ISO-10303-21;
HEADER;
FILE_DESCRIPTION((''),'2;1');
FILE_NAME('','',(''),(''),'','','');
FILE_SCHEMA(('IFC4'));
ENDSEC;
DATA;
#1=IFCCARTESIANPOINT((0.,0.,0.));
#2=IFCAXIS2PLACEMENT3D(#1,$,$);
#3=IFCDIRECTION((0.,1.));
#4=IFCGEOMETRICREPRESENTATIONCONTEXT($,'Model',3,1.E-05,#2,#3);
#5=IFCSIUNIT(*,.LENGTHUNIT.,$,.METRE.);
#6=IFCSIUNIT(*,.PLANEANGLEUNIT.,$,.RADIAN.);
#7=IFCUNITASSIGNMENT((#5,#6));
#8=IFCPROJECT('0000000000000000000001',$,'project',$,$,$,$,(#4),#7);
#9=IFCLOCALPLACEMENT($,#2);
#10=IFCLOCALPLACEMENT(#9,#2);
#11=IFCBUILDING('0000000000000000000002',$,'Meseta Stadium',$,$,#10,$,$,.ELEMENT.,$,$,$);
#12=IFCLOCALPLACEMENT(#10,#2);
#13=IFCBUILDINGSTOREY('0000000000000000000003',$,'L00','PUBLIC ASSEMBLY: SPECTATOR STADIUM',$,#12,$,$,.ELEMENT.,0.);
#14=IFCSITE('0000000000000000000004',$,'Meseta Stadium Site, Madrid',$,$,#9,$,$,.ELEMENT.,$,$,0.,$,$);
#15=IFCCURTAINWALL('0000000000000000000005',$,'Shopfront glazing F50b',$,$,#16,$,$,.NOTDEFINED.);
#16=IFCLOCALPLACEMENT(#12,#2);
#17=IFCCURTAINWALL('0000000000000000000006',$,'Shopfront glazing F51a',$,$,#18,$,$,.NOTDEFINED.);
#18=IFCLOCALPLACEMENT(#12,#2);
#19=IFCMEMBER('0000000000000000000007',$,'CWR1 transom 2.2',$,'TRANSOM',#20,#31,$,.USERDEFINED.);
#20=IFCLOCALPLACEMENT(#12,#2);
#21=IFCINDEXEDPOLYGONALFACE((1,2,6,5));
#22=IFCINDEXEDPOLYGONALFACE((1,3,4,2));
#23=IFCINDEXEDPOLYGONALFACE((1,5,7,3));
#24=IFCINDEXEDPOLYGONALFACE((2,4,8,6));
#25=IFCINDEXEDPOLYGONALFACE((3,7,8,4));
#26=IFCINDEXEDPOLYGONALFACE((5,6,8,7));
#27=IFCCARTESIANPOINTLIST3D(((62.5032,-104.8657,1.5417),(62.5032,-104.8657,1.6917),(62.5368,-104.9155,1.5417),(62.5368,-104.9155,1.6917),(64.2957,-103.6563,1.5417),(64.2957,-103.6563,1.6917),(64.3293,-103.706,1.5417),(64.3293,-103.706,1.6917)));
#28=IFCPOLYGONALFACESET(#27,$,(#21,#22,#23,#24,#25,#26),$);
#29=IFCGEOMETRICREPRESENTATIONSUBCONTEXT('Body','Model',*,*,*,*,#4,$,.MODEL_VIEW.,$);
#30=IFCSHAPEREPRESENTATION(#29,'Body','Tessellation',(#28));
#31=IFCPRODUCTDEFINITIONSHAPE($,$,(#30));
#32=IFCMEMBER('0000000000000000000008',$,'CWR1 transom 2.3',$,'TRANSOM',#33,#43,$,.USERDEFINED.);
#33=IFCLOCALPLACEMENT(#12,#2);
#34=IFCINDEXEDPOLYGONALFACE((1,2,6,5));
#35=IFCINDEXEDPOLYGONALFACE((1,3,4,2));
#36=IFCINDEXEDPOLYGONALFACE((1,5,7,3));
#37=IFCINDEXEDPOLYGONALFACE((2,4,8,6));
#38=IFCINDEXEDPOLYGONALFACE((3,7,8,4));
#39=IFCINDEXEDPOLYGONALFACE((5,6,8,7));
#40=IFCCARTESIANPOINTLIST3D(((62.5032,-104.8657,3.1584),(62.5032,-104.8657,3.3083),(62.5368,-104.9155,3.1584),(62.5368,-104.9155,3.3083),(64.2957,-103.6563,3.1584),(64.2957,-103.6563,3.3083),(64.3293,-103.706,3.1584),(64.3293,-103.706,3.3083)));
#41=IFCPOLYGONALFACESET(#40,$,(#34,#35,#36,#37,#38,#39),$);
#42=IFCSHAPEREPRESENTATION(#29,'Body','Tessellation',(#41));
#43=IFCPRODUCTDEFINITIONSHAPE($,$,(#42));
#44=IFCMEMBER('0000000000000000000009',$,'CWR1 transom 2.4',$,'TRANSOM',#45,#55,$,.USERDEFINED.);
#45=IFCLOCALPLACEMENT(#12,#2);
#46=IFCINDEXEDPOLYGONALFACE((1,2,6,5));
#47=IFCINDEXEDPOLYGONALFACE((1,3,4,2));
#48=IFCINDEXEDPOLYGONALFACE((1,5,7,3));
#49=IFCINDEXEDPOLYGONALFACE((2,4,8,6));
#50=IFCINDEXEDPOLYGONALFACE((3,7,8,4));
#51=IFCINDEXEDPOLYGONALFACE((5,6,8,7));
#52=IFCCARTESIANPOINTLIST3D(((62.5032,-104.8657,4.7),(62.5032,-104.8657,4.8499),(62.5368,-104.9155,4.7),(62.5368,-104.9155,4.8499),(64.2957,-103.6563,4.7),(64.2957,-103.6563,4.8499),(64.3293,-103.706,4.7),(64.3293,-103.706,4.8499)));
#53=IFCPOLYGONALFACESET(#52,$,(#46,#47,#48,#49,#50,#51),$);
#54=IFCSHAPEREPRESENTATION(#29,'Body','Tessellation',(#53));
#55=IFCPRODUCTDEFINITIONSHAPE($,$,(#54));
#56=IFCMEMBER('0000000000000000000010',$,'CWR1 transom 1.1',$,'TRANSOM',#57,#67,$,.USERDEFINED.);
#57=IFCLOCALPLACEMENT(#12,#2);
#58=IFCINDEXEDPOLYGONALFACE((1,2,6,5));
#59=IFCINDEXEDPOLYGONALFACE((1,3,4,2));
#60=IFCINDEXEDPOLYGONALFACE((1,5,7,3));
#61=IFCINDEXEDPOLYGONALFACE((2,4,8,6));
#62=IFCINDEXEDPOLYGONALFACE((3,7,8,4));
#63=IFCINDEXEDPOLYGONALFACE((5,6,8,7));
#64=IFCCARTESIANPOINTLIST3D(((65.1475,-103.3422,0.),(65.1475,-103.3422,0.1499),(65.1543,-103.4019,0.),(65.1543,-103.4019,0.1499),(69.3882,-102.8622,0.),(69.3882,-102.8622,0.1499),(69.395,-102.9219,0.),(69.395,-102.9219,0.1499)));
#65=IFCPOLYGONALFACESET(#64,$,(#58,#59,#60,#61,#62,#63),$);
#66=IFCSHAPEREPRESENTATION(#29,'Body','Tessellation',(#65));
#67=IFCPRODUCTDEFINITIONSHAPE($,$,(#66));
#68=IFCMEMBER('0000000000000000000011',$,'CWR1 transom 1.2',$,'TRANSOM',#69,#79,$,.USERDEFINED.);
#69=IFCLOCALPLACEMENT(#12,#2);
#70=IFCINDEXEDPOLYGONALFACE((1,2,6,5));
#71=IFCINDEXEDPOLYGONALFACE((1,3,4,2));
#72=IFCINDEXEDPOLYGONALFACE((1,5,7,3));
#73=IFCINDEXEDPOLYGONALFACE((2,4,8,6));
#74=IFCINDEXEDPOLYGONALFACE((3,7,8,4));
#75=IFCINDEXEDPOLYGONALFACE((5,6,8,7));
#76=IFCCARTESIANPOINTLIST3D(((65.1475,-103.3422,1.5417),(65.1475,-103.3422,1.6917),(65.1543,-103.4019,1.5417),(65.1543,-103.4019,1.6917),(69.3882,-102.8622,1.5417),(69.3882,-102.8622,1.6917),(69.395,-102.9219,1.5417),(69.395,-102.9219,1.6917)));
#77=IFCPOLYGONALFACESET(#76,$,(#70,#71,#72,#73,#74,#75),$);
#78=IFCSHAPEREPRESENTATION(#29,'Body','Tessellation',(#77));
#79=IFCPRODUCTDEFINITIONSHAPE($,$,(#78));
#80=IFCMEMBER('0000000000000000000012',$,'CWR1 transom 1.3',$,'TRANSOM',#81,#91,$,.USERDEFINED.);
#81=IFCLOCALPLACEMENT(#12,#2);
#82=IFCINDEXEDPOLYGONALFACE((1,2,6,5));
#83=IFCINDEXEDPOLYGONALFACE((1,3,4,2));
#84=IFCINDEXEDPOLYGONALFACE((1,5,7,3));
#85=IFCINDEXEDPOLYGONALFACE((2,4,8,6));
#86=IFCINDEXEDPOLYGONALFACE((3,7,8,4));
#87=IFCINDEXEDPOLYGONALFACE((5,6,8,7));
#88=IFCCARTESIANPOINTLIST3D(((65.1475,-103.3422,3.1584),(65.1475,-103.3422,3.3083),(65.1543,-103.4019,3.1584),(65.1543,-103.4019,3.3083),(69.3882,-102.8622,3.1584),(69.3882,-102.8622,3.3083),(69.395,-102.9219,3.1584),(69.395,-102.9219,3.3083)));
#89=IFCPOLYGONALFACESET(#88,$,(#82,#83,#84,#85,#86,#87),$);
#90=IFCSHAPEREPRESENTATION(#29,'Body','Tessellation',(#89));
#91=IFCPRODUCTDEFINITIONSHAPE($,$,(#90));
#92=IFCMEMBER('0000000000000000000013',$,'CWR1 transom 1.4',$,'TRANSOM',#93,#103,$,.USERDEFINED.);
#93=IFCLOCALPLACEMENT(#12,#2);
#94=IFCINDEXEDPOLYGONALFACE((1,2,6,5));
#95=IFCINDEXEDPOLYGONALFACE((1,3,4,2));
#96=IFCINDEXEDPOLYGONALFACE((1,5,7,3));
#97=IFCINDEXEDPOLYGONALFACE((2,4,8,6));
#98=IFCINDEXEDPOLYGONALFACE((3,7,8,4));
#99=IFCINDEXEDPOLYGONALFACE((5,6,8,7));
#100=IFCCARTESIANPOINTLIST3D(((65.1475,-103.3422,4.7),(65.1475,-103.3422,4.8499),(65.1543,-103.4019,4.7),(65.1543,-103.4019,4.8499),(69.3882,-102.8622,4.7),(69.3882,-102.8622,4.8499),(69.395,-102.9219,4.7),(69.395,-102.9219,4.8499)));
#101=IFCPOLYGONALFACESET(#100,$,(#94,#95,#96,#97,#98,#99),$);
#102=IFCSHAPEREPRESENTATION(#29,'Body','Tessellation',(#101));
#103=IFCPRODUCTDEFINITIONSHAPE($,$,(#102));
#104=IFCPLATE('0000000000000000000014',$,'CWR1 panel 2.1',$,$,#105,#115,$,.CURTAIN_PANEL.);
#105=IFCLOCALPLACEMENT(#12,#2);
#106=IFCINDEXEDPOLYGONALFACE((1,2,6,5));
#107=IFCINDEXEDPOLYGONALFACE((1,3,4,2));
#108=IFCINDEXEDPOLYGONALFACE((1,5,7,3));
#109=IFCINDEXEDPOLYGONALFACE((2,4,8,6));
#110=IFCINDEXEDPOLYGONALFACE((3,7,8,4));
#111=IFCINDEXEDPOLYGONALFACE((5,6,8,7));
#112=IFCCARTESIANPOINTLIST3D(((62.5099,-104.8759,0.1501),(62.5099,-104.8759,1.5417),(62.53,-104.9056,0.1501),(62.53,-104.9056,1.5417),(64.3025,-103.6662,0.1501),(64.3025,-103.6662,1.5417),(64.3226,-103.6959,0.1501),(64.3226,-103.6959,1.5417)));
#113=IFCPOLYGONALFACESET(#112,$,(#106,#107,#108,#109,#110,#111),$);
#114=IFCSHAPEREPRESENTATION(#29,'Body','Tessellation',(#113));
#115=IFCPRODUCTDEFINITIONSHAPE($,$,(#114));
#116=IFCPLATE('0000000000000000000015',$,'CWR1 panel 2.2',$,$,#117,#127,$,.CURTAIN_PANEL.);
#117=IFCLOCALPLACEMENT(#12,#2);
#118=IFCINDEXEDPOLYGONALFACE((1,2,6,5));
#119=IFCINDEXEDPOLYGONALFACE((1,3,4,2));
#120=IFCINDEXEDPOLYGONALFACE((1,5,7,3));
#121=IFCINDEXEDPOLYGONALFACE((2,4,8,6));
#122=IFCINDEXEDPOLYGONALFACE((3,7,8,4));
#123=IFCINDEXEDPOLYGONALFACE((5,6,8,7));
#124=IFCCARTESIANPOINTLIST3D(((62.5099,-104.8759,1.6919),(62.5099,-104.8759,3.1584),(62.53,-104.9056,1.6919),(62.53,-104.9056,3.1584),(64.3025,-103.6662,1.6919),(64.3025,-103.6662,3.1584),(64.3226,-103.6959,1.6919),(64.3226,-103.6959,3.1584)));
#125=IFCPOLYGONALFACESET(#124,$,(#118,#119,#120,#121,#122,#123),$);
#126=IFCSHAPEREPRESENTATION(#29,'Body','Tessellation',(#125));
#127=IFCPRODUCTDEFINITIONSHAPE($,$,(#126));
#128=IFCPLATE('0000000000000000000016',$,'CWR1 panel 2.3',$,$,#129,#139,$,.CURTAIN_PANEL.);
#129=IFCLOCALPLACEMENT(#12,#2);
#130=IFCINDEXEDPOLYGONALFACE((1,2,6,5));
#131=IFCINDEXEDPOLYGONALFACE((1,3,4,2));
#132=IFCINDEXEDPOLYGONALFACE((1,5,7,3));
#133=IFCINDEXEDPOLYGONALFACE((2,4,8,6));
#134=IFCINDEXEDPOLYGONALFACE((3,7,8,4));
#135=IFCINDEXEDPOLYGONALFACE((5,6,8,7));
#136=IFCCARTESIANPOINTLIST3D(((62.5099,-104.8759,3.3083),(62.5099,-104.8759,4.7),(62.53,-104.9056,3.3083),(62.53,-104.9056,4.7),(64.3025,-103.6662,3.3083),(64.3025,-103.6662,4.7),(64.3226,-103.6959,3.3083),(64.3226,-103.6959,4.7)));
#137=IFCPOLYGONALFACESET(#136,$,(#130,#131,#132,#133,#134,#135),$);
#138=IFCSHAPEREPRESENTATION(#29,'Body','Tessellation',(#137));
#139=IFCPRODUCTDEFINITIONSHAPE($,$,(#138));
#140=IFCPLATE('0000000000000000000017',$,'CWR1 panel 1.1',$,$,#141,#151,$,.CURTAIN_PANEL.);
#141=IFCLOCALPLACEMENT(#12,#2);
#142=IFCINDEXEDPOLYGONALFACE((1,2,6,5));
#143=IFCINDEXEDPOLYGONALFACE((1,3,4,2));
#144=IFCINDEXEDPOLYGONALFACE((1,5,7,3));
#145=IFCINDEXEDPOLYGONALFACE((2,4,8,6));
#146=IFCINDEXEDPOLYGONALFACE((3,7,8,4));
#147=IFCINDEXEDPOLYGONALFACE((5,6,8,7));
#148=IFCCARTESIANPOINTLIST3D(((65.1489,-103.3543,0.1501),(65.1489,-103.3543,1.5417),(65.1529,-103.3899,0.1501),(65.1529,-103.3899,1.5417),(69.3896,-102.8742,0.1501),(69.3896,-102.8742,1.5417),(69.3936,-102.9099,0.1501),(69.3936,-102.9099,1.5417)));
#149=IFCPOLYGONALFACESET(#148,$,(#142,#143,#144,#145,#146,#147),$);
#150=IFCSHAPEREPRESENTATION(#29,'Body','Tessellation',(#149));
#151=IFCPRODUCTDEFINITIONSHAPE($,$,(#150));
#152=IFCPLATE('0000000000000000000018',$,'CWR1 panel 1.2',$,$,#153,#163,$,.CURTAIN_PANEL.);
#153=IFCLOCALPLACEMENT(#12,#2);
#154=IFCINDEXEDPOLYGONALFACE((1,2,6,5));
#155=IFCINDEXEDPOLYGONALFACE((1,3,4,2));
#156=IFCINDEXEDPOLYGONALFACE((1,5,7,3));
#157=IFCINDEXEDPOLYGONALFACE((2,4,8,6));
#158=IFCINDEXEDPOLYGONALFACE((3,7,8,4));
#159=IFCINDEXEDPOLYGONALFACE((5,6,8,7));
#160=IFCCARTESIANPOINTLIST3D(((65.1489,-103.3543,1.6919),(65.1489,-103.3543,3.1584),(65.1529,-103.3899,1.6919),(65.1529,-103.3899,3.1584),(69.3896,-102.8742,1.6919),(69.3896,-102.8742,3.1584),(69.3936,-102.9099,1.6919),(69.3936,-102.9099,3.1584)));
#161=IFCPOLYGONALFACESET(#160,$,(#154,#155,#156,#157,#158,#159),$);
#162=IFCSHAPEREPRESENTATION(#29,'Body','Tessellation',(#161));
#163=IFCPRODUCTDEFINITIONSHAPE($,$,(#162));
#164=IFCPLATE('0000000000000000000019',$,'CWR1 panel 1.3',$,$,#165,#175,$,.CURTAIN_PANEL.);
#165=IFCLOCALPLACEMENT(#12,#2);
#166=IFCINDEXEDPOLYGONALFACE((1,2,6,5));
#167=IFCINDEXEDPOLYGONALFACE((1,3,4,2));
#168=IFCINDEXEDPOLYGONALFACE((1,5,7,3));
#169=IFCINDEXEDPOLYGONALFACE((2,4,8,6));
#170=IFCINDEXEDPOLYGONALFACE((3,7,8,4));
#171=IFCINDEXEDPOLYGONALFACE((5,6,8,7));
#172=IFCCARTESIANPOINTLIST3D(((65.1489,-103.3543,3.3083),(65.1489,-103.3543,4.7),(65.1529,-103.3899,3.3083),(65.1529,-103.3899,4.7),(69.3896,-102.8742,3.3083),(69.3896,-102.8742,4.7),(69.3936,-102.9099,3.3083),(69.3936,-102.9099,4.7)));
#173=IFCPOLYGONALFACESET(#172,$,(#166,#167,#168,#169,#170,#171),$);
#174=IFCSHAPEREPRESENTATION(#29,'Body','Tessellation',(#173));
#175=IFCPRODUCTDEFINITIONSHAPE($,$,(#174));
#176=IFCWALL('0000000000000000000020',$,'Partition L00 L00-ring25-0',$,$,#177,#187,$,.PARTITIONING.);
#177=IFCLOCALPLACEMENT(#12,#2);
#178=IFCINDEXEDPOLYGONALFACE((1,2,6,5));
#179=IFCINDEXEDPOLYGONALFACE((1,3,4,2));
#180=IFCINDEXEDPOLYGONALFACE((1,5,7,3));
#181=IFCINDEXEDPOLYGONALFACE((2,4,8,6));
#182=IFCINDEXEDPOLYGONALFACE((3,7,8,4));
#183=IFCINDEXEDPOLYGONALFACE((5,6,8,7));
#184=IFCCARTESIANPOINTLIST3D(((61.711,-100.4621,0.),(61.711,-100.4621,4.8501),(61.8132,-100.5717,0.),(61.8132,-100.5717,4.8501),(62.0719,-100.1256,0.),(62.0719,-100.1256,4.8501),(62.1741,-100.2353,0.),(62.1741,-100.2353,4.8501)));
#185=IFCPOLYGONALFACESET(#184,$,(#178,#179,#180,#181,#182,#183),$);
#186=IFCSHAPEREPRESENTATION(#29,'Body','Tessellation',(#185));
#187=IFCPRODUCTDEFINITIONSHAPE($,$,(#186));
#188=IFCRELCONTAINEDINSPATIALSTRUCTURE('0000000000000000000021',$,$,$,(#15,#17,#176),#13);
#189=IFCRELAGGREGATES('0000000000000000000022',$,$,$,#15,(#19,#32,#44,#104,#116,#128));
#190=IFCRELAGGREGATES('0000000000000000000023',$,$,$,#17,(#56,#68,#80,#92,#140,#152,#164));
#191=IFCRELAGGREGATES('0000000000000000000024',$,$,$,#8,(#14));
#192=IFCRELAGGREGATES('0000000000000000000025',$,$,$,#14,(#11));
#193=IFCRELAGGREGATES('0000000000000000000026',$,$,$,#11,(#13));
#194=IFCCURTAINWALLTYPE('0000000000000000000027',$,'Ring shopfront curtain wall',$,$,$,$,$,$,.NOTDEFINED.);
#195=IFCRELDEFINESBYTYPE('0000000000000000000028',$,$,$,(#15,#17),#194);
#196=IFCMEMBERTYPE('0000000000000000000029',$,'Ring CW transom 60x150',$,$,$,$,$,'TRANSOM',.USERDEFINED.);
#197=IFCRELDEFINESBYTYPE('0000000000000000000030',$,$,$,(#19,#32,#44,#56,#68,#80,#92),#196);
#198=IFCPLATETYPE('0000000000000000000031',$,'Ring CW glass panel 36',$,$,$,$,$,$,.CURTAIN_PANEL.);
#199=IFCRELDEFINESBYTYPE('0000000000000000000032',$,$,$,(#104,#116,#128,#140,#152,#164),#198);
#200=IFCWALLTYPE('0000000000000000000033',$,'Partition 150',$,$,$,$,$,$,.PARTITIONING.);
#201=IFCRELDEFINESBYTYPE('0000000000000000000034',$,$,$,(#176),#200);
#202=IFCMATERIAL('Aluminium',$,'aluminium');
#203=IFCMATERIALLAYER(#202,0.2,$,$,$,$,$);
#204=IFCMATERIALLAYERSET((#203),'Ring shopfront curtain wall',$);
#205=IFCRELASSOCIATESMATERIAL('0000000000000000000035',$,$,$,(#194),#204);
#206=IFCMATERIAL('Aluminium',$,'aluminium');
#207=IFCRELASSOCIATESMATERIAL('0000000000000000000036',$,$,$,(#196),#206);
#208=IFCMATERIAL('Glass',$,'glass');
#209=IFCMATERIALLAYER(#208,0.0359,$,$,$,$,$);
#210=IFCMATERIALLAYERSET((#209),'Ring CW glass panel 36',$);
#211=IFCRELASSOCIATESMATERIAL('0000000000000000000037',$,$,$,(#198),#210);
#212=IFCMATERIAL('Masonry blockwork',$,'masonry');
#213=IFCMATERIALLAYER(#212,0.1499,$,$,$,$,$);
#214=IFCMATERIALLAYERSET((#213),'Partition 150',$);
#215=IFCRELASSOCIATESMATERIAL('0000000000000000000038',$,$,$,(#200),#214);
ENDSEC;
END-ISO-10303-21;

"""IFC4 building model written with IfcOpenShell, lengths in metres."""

from ifc_helpers import new_model, si_unit, direction, frame, frame_2d, origin, origin_2d, place, context, subcontext, project, spatial, rectangle, extrude, material, layer, layer_set, material_profile, profile_set, type_object, element, aggregate, save


model = new_model("IFC4")

# Units and contexts
model_context = context("Model", 3, precision=1e-05, world=origin(), true_north=direction((0.0, 1.0)))
body_context = subcontext(model_context, "Body", "Model", "MODEL_VIEW")
ifc_project = project(units=[si_unit("LENGTHUNIT", "METRE"), si_unit("PLANEANGLEUNIT", "RADIAN")], contexts=[model_context])

# Site, building, storey
site_placement = place(None, origin())
site = spatial("IfcSite", under=ifc_project, at=site_placement, Name="Meseta Stadium Site, Madrid", CompositionType="ELEMENT", RefElevation=0.0)
building_placement = place(site_placement, origin())
building = spatial("IfcBuilding", under=site, at=building_placement, Name="Meseta Stadium", CompositionType="ELEMENT")
storey_placement = place(building_placement, origin())
storey = spatial("IfcBuildingStorey", under=building, at=storey_placement, Name="L00", Description="PUBLIC ASSEMBLY: SPECTATOR STADIUM", CompositionType="ELEMENT", Elevation=0.0)

# Curtain walls
ifc_material_1 = material(Name="Aluminium", Category="aluminium")
ifc_layer_1 = layer(ifc_material_1, 0.2)
ifc_layer_set_1 = layer_set([ifc_layer_1], Name="Ring shopfront curtain wall")
curtain_wall_type = type_object("IfcCurtainWallType", Name="Ring shopfront curtain wall", PredefinedType="NOTDEFINED", material=ifc_layer_set_1)
curtain_wall_1_placement = place(storey_placement, origin())
curtain_wall_1 = element("IfcCurtainWall", 1, at=curtain_wall_1_placement, inside=storey, type_object=curtain_wall_type, Name="Shopfront glazing F50b", PredefinedType="NOTDEFINED")
curtain_wall_2_placement = place(storey_placement, origin())
curtain_wall_2 = element("IfcCurtainWall", 2, at=curtain_wall_2_placement, inside=storey, type_object=curtain_wall_type, Name="Shopfront glazing F51a", PredefinedType="NOTDEFINED")

# Members
ifc_material_2 = material(Name="Aluminium", Category="aluminium")
ifc_material_profile_1 = material_profile(ifc_material_2, rectangle(XDim=0.0601, YDim=0.1499, at=origin_2d()), Name="CW 60x150")
ifc_profile_set_1 = profile_set([ifc_material_profile_1], Name="Aluminium")
member_type_1 = type_object("IfcMemberType", Name="Ring CW transom 60x150", ElementType="TRANSOM", PredefinedType="USERDEFINED", material=ifc_profile_set_1)
member_1_placement = place(storey_placement, frame((62.52, -104.8906, 1.6167), z_axis=(0.828946, 0.559329, 0.0), x_axis=(-0.559329, 0.828946, 0.0)))
member_1 = element("IfcMember", 3, at=member_1_placement, type_object=member_type_1, Name="CWR1 transom 2.2", ObjectType="TRANSOM", PredefinedType="USERDEFINED", context=body_context, shape_type="SweptSolid", body=[
    extrude(rectangle(XDim=0.0601, YDim=0.1499, at=origin_2d()), origin(), (0.0, 0.0, 1.0), 2.1624),
])
member_2_placement = place(storey_placement, frame((62.52, -104.8906, 3.2334), z_axis=(0.828946, 0.559329, 0.0), x_axis=(-0.559329, 0.828946, 0.0)))
member_2 = element("IfcMember", 4, at=member_2_placement, type_object=member_type_1, Name="CWR1 transom 2.3", ObjectType="TRANSOM", PredefinedType="USERDEFINED", context=body_context, shape_type="SweptSolid", body=[
    extrude(rectangle(XDim=0.0601, YDim=0.1499, at=origin_2d()), origin(), (0.0, 0.0, 1.0), 2.1624),
])
member_3_placement = place(storey_placement, frame((62.52, -104.8906, 4.7749), z_axis=(0.828946, 0.559329, 0.0), x_axis=(-0.559329, 0.828946, 0.0)))
member_3 = element("IfcMember", 5, at=member_3_placement, type_object=member_type_1, Name="CWR1 transom 2.4", ObjectType="TRANSOM", PredefinedType="USERDEFINED", context=body_context, shape_type="SweptSolid", body=[
    extrude(rectangle(XDim=0.0601, YDim=0.1499, at=origin_2d()), origin(), (0.0, 0.0, 1.0), 2.1624),
])
member_4_placement = place(storey_placement, frame((65.1509, -103.3721, 0.075), z_axis=(0.993656, 0.112466, 0.0), x_axis=(-0.112466, 0.993656, 0.0)))
member_4 = element("IfcMember", 6, at=member_4_placement, type_object=member_type_1, Name="CWR1 transom 1.1", ObjectType="TRANSOM", PredefinedType="USERDEFINED", context=body_context, shape_type="SweptSolid", body=[
    extrude(rectangle(XDim=0.0601, YDim=0.1499, at=origin_2d()), origin(), (0.0, 0.0, 1.0), 4.2678),
])
member_5_placement = place(storey_placement, frame((65.1509, -103.3721, 1.6167), z_axis=(0.993656, 0.112466, 0.0), x_axis=(-0.112466, 0.993656, 0.0)))
member_5 = element("IfcMember", 7, at=member_5_placement, type_object=member_type_1, Name="CWR1 transom 1.2", ObjectType="TRANSOM", PredefinedType="USERDEFINED", context=body_context, shape_type="SweptSolid", body=[
    extrude(rectangle(XDim=0.0601, YDim=0.1499, at=origin_2d()), origin(), (0.0, 0.0, 1.0), 4.2678),
])
member_6_placement = place(storey_placement, frame((65.1509, -103.3721, 3.2334), z_axis=(0.993656, 0.112466, 0.0), x_axis=(-0.112466, 0.993656, 0.0)))
member_6 = element("IfcMember", 8, at=member_6_placement, type_object=member_type_1, Name="CWR1 transom 1.3", ObjectType="TRANSOM", PredefinedType="USERDEFINED", context=body_context, shape_type="SweptSolid", body=[
    extrude(rectangle(XDim=0.0601, YDim=0.1499, at=origin_2d()), origin(), (0.0, 0.0, 1.0), 4.2678),
])
member_7_placement = place(storey_placement, frame((65.1509, -103.3721, 4.7749), z_axis=(0.993656, 0.112466, 0.0), x_axis=(-0.112466, 0.993656, 0.0)))
member_7 = element("IfcMember", 9, at=member_7_placement, type_object=member_type_1, Name="CWR1 transom 1.4", ObjectType="TRANSOM", PredefinedType="USERDEFINED", context=body_context, shape_type="SweptSolid", body=[
    extrude(rectangle(XDim=0.0601, YDim=0.1499, at=origin_2d()), origin(), (0.0, 0.0, 1.0), 4.2678),
])

# Plates
ifc_material_3 = material(Name="Glass", Category="glass")
ifc_layer_2 = layer(ifc_material_3, 0.0359)
ifc_layer_set_2 = layer_set([ifc_layer_2], Name="Ring CW glass panel 36")
plate_type = type_object("IfcPlateType", Name="Ring CW glass panel 36", PredefinedType="CURTAIN_PANEL", material=ifc_layer_set_2)
plate_1_placement = place(storey_placement, frame((63.4163, -104.2859, 0.1501), z_axis=(0.0, 0.0, 1.0), x_axis=(0.828909, 0.559384, 0.0)))
plate_1 = element("IfcPlate", 10, at=plate_1_placement, type_object=plate_type, Name="CWR1 panel 2.1", PredefinedType="CURTAIN_PANEL", context=body_context, shape_type="SweptSolid", body=[
    extrude(rectangle(XDim=2.1626, YDim=0.0359, at=origin_2d()), origin(), (0.0, 0.0, 1.0), 1.3916),
])
plate_2_placement = place(storey_placement, frame((63.4163, -104.2859, 1.6919), z_axis=(0.0, 0.0, 1.0), x_axis=(0.828909, 0.559384, 0.0)))
plate_2 = element("IfcPlate", 11, at=plate_2_placement, type_object=plate_type, Name="CWR1 panel 2.2", PredefinedType="CURTAIN_PANEL", context=body_context, shape_type="SweptSolid", body=[
    extrude(rectangle(XDim=2.1626, YDim=0.0359, at=origin_2d()), origin(), (0.0, 0.0, 1.0), 1.4666),
])
plate_3_placement = place(storey_placement, frame((63.4163, -104.2859, 3.3083), z_axis=(0.0, 0.0, 1.0), x_axis=(0.828909, 0.559384, 0.0)))
plate_3 = element("IfcPlate", 12, at=plate_3_placement, type_object=plate_type, Name="CWR1 panel 2.3", PredefinedType="CURTAIN_PANEL", context=body_context, shape_type="SweptSolid", body=[
    extrude(rectangle(XDim=2.1626, YDim=0.0359, at=origin_2d()), origin(), (0.0, 0.0, 1.0), 1.3916),
])
aggregate(curtain_wall_1, [member_1, member_2, member_3, plate_1, plate_2, plate_3])
plate_4_placement = place(storey_placement, frame((67.2712, -103.1321, 0.1501), z_axis=(0.0, 0.0, 1.0), x_axis=(0.993655, 0.112472, 0.0)))
plate_4 = element("IfcPlate", 13, at=plate_4_placement, type_object=plate_type, Name="CWR1 panel 1.1", PredefinedType="CURTAIN_PANEL", context=body_context, shape_type="SweptSolid", body=[
    extrude(rectangle(XDim=4.2678, YDim=0.0359, at=origin_2d()), origin(), (0.0, 0.0, 1.0), 1.3916),
])
plate_5_placement = place(storey_placement, frame((67.2712, -103.1321, 1.6919), z_axis=(0.0, 0.0, 1.0), x_axis=(0.993655, 0.112472, 0.0)))
plate_5 = element("IfcPlate", 14, at=plate_5_placement, type_object=plate_type, Name="CWR1 panel 1.2", PredefinedType="CURTAIN_PANEL", context=body_context, shape_type="SweptSolid", body=[
    extrude(rectangle(XDim=4.2678, YDim=0.0359, at=origin_2d()), origin(), (0.0, 0.0, 1.0), 1.4666),
])
plate_6_placement = place(storey_placement, frame((67.2712, -103.1321, 3.3083), z_axis=(0.0, 0.0, 1.0), x_axis=(0.993655, 0.112472, 0.0)))
plate_6 = element("IfcPlate", 15, at=plate_6_placement, type_object=plate_type, Name="CWR1 panel 1.3", PredefinedType="CURTAIN_PANEL", context=body_context, shape_type="SweptSolid", body=[
    extrude(rectangle(XDim=4.2678, YDim=0.0359, at=origin_2d()), origin(), (0.0, 0.0, 1.0), 1.3916),
])
aggregate(curtain_wall_2, [member_4, member_5, member_6, member_7, plate_4, plate_5, plate_6])

# Wall
ifc_material_4 = material(Name="Masonry blockwork", Category="masonry")
ifc_layer_3 = layer(ifc_material_4, 0.1499)
ifc_layer_set_3 = layer_set([ifc_layer_3], Name="Partition 150")
wall_type_1 = type_object("IfcWallType", Name="Partition 150", PredefinedType="PARTITIONING", material=ifc_layer_set_3)
wall_1_placement = place(storey_placement, frame((61.7622, -100.5168, 0.0), z_axis=(0.0, 0.0, 1.0), x_axis=(0.731417, 0.68193, 0.0)))
element("IfcWall", 16, at=wall_1_placement, inside=storey, type_object=wall_type_1, Name="Partition L00 L00-ring25-0", PredefinedType="PARTITIONING", context=body_context, shape_type="SweptSolid", body=[
    extrude(rectangle(XDim=0.4934, YDim=0.1499, at=frame_2d((0.2466, 0.0))), origin(), (0.0, 0.0, 1.0), 4.8501),
])

save(model, "model.ifc")
